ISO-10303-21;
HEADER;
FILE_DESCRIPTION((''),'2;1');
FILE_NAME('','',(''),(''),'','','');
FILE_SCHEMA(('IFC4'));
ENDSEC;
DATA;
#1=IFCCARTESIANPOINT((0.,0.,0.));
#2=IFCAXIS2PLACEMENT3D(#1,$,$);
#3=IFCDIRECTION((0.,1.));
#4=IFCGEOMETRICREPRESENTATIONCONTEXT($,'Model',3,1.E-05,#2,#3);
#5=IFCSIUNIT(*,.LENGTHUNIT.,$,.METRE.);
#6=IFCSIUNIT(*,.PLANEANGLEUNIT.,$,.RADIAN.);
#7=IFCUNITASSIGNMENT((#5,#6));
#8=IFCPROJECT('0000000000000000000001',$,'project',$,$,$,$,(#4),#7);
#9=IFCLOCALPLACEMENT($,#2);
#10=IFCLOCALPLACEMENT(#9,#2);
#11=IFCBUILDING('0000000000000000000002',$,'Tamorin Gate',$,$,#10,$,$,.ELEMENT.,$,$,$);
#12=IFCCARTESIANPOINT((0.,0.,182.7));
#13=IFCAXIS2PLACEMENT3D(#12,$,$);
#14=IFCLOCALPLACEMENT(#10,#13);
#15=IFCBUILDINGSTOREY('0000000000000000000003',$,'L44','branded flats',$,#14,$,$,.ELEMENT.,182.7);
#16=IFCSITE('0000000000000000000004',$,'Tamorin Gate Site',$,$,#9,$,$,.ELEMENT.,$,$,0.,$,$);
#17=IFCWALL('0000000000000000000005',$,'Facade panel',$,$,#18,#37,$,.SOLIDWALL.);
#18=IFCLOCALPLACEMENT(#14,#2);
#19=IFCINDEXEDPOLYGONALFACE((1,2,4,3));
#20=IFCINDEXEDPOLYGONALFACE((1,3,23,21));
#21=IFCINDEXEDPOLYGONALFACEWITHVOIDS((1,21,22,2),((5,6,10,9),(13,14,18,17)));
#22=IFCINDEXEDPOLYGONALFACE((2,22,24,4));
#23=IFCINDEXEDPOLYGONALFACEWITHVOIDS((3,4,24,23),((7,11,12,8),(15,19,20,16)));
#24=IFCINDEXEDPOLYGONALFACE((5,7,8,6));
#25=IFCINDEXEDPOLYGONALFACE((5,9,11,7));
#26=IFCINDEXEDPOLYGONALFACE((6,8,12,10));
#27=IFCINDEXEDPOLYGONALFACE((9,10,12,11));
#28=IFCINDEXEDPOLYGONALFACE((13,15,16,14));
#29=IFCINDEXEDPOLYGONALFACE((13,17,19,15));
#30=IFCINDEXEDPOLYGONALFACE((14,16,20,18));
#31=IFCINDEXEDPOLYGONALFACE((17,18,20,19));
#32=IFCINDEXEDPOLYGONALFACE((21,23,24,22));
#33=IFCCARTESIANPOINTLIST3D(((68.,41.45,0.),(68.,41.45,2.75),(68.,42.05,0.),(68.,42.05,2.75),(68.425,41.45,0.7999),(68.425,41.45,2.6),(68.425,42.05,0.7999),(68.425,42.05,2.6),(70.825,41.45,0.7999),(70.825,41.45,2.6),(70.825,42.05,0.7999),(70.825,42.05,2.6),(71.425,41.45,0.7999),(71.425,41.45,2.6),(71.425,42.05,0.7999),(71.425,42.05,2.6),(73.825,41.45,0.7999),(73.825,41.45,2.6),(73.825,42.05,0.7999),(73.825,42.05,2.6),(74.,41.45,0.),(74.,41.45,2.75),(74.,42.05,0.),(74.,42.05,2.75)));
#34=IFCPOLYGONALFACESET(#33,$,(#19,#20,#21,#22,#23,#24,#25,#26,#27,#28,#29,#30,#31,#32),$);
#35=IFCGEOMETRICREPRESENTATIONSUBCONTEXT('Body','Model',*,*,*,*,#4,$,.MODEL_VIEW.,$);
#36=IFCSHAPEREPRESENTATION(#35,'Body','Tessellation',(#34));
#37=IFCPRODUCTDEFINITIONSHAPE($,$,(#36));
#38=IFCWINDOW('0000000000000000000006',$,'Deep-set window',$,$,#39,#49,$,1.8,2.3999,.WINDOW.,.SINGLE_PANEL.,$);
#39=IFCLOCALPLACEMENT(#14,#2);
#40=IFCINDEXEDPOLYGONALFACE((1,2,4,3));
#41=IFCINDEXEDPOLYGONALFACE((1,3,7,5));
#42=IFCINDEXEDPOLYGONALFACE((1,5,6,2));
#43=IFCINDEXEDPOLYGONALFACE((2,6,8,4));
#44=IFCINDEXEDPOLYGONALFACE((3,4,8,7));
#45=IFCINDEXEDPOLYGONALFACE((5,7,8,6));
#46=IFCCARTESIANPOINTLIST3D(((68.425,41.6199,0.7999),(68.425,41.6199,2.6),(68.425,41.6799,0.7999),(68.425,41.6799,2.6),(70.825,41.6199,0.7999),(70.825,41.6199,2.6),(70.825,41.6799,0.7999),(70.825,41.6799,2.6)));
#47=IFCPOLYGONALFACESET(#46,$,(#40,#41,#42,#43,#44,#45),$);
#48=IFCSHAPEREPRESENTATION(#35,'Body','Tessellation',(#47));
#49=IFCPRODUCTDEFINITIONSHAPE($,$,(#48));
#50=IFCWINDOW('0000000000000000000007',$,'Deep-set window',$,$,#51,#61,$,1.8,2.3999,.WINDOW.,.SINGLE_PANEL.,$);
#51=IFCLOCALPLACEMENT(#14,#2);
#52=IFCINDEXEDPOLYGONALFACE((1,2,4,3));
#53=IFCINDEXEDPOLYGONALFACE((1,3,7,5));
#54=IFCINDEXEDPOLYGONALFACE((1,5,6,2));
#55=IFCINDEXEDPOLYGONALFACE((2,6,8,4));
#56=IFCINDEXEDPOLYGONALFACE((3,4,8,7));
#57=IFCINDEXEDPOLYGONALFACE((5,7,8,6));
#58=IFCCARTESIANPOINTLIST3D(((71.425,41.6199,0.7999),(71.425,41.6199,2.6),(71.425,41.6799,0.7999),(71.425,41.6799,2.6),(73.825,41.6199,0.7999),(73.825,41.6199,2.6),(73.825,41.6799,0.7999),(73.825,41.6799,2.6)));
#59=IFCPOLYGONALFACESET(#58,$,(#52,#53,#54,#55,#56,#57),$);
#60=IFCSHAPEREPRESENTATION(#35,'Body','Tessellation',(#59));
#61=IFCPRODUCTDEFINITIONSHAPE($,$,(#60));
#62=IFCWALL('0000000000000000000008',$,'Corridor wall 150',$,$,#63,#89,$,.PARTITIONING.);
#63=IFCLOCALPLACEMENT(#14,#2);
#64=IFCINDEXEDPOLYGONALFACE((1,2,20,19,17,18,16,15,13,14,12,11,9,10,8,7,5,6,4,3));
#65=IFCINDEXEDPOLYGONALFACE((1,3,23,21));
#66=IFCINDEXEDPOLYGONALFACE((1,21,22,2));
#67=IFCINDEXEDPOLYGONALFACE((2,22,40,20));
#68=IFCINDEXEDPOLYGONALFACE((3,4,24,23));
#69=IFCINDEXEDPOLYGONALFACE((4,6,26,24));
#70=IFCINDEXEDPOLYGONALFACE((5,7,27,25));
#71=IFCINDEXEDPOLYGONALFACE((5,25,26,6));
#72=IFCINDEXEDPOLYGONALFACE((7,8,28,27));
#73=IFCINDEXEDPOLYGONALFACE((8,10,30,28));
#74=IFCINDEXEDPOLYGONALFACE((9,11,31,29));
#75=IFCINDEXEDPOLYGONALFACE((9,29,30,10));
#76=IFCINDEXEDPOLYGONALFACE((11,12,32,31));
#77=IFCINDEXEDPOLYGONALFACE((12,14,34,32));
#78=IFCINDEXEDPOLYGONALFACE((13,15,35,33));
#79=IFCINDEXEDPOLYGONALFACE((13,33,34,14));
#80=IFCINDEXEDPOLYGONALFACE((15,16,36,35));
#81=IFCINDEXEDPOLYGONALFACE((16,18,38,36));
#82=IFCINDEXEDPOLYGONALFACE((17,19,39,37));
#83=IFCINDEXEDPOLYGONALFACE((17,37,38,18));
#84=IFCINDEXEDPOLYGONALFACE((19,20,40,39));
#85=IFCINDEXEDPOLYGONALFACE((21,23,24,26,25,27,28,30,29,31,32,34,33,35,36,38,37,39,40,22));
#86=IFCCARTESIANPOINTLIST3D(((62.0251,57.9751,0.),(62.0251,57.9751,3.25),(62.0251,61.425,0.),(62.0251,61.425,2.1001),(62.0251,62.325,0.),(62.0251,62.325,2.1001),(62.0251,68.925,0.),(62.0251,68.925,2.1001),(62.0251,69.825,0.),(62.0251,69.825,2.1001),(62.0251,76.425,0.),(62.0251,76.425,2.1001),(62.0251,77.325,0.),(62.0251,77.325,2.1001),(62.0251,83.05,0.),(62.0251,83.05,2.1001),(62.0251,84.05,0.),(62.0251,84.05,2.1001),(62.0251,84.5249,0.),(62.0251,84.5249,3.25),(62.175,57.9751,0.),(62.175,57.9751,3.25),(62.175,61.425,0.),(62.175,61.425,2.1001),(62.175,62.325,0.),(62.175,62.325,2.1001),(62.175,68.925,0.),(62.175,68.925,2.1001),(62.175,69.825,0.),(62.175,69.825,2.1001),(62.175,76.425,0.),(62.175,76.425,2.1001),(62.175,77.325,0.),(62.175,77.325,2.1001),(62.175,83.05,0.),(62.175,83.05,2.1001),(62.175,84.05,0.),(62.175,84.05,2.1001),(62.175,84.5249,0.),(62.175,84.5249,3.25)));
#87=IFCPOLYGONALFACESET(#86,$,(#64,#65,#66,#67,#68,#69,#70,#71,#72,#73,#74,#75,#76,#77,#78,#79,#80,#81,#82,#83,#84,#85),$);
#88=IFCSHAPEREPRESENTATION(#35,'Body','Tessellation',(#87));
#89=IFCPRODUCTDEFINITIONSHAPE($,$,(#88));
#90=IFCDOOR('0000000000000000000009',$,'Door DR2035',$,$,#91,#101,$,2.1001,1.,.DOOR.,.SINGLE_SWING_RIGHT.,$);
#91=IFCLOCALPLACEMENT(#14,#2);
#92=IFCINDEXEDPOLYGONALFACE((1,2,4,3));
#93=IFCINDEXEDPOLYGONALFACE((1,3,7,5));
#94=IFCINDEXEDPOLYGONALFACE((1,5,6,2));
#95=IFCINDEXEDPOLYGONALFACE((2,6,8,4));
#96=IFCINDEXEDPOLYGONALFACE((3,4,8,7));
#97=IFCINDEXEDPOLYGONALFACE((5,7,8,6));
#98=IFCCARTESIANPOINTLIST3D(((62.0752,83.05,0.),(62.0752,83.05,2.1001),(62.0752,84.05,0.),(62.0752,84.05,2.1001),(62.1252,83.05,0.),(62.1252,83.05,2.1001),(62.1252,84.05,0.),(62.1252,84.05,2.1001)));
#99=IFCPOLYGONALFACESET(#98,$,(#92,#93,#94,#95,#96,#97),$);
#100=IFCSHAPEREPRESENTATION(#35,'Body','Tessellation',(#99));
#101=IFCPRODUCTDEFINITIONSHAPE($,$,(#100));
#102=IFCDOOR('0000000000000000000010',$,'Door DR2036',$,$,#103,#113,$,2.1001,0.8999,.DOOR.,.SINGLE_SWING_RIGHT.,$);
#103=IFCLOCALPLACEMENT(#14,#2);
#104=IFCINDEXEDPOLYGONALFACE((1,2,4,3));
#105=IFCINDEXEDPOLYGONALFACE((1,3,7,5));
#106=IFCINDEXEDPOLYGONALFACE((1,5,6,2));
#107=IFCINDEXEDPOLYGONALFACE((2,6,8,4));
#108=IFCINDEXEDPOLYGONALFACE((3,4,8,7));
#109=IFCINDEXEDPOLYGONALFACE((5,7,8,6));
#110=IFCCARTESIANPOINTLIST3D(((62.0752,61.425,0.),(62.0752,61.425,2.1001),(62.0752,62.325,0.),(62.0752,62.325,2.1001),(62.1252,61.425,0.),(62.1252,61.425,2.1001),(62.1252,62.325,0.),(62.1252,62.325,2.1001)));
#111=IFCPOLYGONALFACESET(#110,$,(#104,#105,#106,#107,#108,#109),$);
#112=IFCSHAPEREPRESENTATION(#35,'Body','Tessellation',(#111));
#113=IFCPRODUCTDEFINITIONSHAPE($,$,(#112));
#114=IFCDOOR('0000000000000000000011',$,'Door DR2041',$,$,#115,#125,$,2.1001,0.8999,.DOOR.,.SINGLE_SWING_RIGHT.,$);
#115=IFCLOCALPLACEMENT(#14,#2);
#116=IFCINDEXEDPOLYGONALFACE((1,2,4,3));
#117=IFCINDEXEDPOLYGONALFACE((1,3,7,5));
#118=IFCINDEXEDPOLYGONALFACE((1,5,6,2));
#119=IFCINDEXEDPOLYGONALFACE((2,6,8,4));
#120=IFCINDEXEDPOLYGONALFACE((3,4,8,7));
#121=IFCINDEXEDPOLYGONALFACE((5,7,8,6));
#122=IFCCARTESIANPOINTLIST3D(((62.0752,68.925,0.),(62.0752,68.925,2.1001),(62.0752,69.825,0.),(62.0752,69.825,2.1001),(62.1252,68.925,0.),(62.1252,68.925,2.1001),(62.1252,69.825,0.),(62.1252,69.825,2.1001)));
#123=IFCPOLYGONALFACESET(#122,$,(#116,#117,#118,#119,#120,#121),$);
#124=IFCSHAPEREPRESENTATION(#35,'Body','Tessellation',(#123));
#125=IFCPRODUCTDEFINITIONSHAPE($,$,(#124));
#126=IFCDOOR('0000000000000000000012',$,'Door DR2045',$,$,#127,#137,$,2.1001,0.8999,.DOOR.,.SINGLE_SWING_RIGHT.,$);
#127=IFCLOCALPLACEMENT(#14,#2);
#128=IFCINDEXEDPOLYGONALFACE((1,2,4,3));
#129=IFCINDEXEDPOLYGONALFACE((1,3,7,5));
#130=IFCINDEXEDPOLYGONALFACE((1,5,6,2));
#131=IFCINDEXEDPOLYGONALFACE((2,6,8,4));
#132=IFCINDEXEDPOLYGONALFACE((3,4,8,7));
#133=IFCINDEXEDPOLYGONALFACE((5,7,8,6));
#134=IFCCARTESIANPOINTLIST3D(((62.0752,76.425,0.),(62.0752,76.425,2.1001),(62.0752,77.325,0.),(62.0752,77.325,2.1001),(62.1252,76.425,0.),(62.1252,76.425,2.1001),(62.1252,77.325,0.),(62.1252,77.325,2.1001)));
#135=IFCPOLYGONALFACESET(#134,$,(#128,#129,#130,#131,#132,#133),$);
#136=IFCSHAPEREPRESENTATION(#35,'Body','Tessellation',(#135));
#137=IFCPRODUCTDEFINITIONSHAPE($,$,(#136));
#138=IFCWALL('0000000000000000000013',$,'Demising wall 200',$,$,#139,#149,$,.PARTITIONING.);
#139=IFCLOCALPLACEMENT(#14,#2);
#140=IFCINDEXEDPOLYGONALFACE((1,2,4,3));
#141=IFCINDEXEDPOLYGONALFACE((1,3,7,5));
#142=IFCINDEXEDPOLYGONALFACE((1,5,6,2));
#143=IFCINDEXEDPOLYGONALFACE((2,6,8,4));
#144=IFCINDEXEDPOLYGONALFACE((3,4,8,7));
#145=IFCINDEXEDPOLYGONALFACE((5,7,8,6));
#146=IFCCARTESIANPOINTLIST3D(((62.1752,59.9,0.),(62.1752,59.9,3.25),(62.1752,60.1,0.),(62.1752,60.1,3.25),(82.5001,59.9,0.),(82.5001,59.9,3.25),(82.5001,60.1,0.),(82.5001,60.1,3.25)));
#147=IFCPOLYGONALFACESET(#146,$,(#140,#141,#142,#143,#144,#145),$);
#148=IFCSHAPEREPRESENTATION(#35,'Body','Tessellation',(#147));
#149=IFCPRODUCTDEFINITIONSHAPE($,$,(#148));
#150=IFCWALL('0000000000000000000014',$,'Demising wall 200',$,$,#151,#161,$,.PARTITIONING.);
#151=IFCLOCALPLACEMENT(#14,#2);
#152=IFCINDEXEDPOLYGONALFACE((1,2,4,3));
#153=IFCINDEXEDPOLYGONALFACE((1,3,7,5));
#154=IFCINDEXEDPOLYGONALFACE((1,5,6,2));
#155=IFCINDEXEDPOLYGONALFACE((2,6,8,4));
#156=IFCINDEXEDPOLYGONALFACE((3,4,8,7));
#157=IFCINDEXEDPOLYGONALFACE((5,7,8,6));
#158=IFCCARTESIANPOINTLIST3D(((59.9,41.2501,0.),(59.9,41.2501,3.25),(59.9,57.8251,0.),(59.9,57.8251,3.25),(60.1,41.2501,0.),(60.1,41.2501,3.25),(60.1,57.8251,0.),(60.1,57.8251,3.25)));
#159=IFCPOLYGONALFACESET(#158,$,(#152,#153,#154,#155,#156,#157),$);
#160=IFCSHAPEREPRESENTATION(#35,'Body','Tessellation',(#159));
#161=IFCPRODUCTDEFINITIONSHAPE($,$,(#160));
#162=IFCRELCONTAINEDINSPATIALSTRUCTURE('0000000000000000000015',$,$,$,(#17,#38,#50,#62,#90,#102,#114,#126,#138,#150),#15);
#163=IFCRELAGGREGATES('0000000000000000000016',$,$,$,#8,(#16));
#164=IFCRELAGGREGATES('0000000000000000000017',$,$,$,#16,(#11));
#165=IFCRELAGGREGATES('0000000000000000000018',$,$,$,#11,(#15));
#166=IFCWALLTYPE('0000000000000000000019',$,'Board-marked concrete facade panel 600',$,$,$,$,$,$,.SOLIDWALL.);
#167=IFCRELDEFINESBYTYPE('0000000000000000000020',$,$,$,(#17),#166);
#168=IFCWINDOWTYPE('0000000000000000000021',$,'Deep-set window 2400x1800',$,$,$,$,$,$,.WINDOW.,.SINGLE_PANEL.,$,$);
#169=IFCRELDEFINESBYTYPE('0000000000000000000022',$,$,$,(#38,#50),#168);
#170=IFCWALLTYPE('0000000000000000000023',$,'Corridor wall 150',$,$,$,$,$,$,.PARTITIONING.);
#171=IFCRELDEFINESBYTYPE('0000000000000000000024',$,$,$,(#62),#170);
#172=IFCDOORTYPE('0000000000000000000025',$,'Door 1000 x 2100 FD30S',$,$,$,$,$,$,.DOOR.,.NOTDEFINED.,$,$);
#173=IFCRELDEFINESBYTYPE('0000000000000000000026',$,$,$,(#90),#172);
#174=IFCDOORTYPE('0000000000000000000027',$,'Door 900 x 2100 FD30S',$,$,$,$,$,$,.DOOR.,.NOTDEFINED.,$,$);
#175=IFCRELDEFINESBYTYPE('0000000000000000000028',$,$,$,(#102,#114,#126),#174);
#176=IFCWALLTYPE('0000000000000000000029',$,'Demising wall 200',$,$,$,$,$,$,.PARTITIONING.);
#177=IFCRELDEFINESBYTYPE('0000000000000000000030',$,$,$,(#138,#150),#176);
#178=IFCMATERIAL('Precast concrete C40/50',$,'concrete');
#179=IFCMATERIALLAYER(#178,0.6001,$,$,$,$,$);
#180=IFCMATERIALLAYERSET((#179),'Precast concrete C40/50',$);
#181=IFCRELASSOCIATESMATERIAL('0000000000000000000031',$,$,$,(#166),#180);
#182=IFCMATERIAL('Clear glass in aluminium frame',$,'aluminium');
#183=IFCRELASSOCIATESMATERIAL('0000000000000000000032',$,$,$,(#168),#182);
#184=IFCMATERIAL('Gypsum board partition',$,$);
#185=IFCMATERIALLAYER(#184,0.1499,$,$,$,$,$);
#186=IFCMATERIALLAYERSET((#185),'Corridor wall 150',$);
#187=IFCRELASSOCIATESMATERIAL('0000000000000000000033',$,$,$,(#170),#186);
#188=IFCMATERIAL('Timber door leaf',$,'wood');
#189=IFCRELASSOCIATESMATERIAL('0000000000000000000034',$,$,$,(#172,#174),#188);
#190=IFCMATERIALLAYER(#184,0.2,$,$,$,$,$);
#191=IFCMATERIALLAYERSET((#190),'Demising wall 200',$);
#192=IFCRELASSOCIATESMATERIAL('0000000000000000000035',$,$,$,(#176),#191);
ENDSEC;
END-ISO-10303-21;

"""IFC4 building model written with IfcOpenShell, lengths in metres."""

from ifc_helpers import new_model, si_unit, direction, frame, frame_2d, origin, place, context, subcontext, project, spatial, rectangle, extrude, material, layer, layer_set, type_object, element, fill, save


model = new_model("IFC4")

# Units and contexts
model_context = context("Model", 3, precision=1e-05, world=origin(), true_north=direction((0.0, 1.0)))
body_context = subcontext(model_context, "Body", "Model", "MODEL_VIEW")
ifc_project = project(units=[si_unit("LENGTHUNIT", "METRE"), si_unit("PLANEANGLEUNIT", "RADIAN")], contexts=[model_context])

# Site, building, storey
site_placement = place(None, origin())
site = spatial("IfcSite", under=ifc_project, at=site_placement, Name="Tamorin Gate Site", CompositionType="ELEMENT", RefElevation=0.0)
building_placement = place(site_placement, origin())
building = spatial("IfcBuilding", under=site, at=building_placement, Name="Tamorin Gate", CompositionType="ELEMENT")
storey_placement = place(building_placement, frame((0.0, 0.0, 182.7)))
storey = spatial("IfcBuildingStorey", under=building, at=storey_placement, Name="L44", Description="branded flats", CompositionType="ELEMENT", Elevation=182.7)

# Wall, openings, windows
ifc_material_1 = material(Name="Precast concrete C40/50", Category="concrete")
ifc_layer_1 = layer(ifc_material_1, 0.6001)
ifc_layer_set_1 = layer_set([ifc_layer_1], Name="Precast concrete C40/50")
wall_type_1 = type_object("IfcWallType", Name="Board-marked concrete facade panel 600", PredefinedType="SOLIDWALL", material=ifc_layer_set_1)
ifc_material_2 = material(Name="Clear glass in aluminium frame", Category="aluminium")
window_type = type_object("IfcWindowType", Name="Deep-set window 2400x1800", PartitioningType="SINGLE_PANEL", PredefinedType="WINDOW", material=ifc_material_2)
wall_1_placement = place(storey_placement, frame((68.0, 41.75, 0.0), z_axis=(0.0, 0.0, 1.0), x_axis=(1.0, 0.0, 0.0)))
wall_1 = element("IfcWall", 1, at=wall_1_placement, inside=storey, type_object=wall_type_1, Name="Facade panel", PredefinedType="SOLIDWALL", context=body_context, shape_type="SweptSolid", body=[
    extrude(rectangle(XDim=6.0, YDim=0.6001, at=frame_2d((3.0, 0.0))), origin(), (0.0, 0.0, 1.0), 2.75),
])
opening_1_placement = place(wall_1_placement, frame((0.425, 0.0, 0.8)))
opening_1 = element("IfcOpeningElement", 2, at=opening_1_placement, cuts=wall_1, PredefinedType="OPENING", context=body_context, shape_type="SweptSolid", body=[
    extrude(rectangle(XDim=2.3999, YDim=1.8, at=frame_2d((1.2, 0.8999))), frame((0.0, 0.3101, 0.0), z_axis=(0.0, -1.0, 0.0), x_axis=(1.0, 0.0, 0.0)), (0.0, 0.0, 1.0), 0.6201),
])
opening_2_placement = place(wall_1_placement, frame((3.425, 0.0, 0.8)))
opening_2 = element("IfcOpeningElement", 3, at=opening_2_placement, cuts=wall_1, PredefinedType="OPENING", context=body_context, shape_type="SweptSolid", body=[
    extrude(rectangle(XDim=2.3999, YDim=1.8, at=frame_2d((1.2, 0.8999))), frame((0.0, 0.3101, 0.0), z_axis=(0.0, -1.0, 0.0), x_axis=(1.0, 0.0, 0.0)), (0.0, 0.0, 1.0), 0.6201),
])
window_1_placement = place(opening_1_placement, origin())
window_1 = element("IfcWindow", 4, at=window_1_placement, inside=storey, type_object=window_type, Name="Deep-set window", OverallHeight=1.8, OverallWidth=2.3999, PartitioningType="SINGLE_PANEL", PredefinedType="WINDOW", context=body_context, shape_type="SweptSolid", body=[
    extrude(rectangle(XDim=2.3999, YDim=1.8, at=frame_2d((1.2, 0.8999))), frame((0.0, -0.0701, 0.0), z_axis=(0.0, -1.0, 0.0), x_axis=(1.0, 0.0, 0.0)), (0.0, 0.0, 1.0), 0.0601),
])
fill(opening_1, window_1)
window_2_placement = place(opening_2_placement, origin())
window_2 = element("IfcWindow", 5, at=window_2_placement, inside=storey, type_object=window_type, Name="Deep-set window", OverallHeight=1.8, OverallWidth=2.3999, PartitioningType="SINGLE_PANEL", PredefinedType="WINDOW", context=body_context, shape_type="SweptSolid", body=[
    extrude(rectangle(XDim=2.3999, YDim=1.8, at=frame_2d((1.2, 0.8999))), frame((0.0, -0.0701, 0.0), z_axis=(0.0, -1.0, 0.0), x_axis=(1.0, 0.0, 0.0)), (0.0, 0.0, 1.0), 0.0601),
])
fill(opening_2, window_2)

# Wall, openings, doors
ifc_material_3 = material(Name="Gypsum board partition")
ifc_layer_2 = layer(ifc_material_3, 0.1499)
ifc_layer_set_2 = layer_set([ifc_layer_2], Name="Corridor wall 150")
wall_type_2 = type_object("IfcWallType", Name="Corridor wall 150", PredefinedType="PARTITIONING", material=ifc_layer_set_2)
wall_2_placement = place(storey_placement, frame((62.1001, 57.9751, 0.0), z_axis=(0.0, 0.0, 1.0), x_axis=(0.0, 1.0, 0.0)))
wall_2 = element("IfcWall", 6, at=wall_2_placement, inside=storey, type_object=wall_type_2, Name="Corridor wall 150", PredefinedType="PARTITIONING", context=body_context, shape_type="SweptSolid", body=[
    extrude(rectangle(XDim=26.5498, YDim=0.1499, at=frame_2d((13.2749, 0.0))), origin(), (0.0, 0.0, 1.0), 3.25),
])
opening_3_placement = place(wall_2_placement, frame((25.075, 0.0, 0.0)))
opening_3 = element("IfcOpeningElement", 7, at=opening_3_placement, cuts=wall_2, PredefinedType="OPENING", context=body_context, shape_type="SweptSolid", body=[
    extrude(rectangle(XDim=1.0, YDim=2.1001, at=frame_2d((0.5, 1.05))), frame((0.0, 0.085, 0.0), z_axis=(0.0, -1.0, 0.0), x_axis=(1.0, 0.0, 0.0)), (0.0, 0.0, 1.0), 0.1699),
])
opening_4_placement = place(wall_2_placement, frame((3.45, 0.0, 0.0)))
opening_4 = element("IfcOpeningElement", 8, at=opening_4_placement, cuts=wall_2, PredefinedType="OPENING", context=body_context, shape_type="SweptSolid", body=[
    extrude(rectangle(XDim=0.8999, YDim=2.1001, at=frame_2d((0.45, 1.05))), frame((0.0, 0.085, 0.0), z_axis=(0.0, -1.0, 0.0), x_axis=(1.0, 0.0, 0.0)), (0.0, 0.0, 1.0), 0.1699),
])
opening_5_placement = place(wall_2_placement, frame((10.95, 0.0, 0.0)))
opening_5 = element("IfcOpeningElement", 9, at=opening_5_placement, cuts=wall_2, PredefinedType="OPENING", context=body_context, shape_type="SweptSolid", body=[
    extrude(rectangle(XDim=0.8999, YDim=2.1001, at=frame_2d((0.45, 1.05))), frame((0.0, 0.085, 0.0), z_axis=(0.0, -1.0, 0.0), x_axis=(1.0, 0.0, 0.0)), (0.0, 0.0, 1.0), 0.1699),
])
opening_6_placement = place(wall_2_placement, frame((18.45, 0.0, 0.0)))
opening_6 = element("IfcOpeningElement", 10, at=opening_6_placement, cuts=wall_2, PredefinedType="OPENING", context=body_context, shape_type="SweptSolid", body=[
    extrude(rectangle(XDim=0.8999, YDim=2.1001, at=frame_2d((0.45, 1.05))), frame((0.0, 0.085, 0.0), z_axis=(0.0, -1.0, 0.0), x_axis=(1.0, 0.0, 0.0)), (0.0, 0.0, 1.0), 0.1699),
])
ifc_material_4 = material(Name="Timber door leaf", Category="wood")
door_type_1 = type_object("IfcDoorType", Name="Door 1000 x 2100 FD30S", OperationType="NOTDEFINED", PredefinedType="DOOR", material=ifc_material_4)
door_1_placement = place(opening_3_placement, origin())
door_1 = element("IfcDoor", 11, at=door_1_placement, inside=storey, type_object=door_type_1, Name="Door DR2035", OperationType="SINGLE_SWING_RIGHT", OverallHeight=2.1001, OverallWidth=1.0, PredefinedType="DOOR", context=body_context, shape_type="SweptSolid", body=[
    extrude(rectangle(XDim=1.0, YDim=2.1001, at=frame_2d((0.5, 1.05))), frame((0.0, 0.0249, 0.0), z_axis=(0.0, -1.0, 0.0), x_axis=(1.0, 0.0, 0.0)), (0.0, 0.0, 1.0), 0.05),
])
fill(opening_3, door_1)
door_type_2 = type_object("IfcDoorType", Name="Door 900 x 2100 FD30S", OperationType="NOTDEFINED", PredefinedType="DOOR", material=ifc_material_4)
door_2_placement = place(opening_4_placement, origin())
door_2 = element("IfcDoor", 12, at=door_2_placement, inside=storey, type_object=door_type_2, Name="Door DR2036", OperationType="SINGLE_SWING_RIGHT", OverallHeight=2.1001, OverallWidth=0.8999, PredefinedType="DOOR", context=body_context, shape_type="SweptSolid", body=[
    extrude(rectangle(XDim=0.8999, YDim=2.1001, at=frame_2d((0.45, 1.05))), frame((0.0, 0.0249, 0.0), z_axis=(0.0, -1.0, 0.0), x_axis=(1.0, 0.0, 0.0)), (0.0, 0.0, 1.0), 0.05),
])
fill(opening_4, door_2)
door_3_placement = place(opening_5_placement, origin())
door_3 = element("IfcDoor", 13, at=door_3_placement, inside=storey, type_object=door_type_2, Name="Door DR2041", OperationType="SINGLE_SWING_RIGHT", OverallHeight=2.1001, OverallWidth=0.8999, PredefinedType="DOOR", context=body_context, shape_type="SweptSolid", body=[
    extrude(rectangle(XDim=0.8999, YDim=2.1001, at=frame_2d((0.45, 1.05))), frame((0.0, 0.0249, 0.0), z_axis=(0.0, -1.0, 0.0), x_axis=(1.0, 0.0, 0.0)), (0.0, 0.0, 1.0), 0.05),
])
fill(opening_5, door_3)
door_4_placement = place(opening_6_placement, origin())
door_4 = element("IfcDoor", 14, at=door_4_placement, inside=storey, type_object=door_type_2, Name="Door DR2045", OperationType="SINGLE_SWING_RIGHT", OverallHeight=2.1001, OverallWidth=0.8999, PredefinedType="DOOR", context=body_context, shape_type="SweptSolid", body=[
    extrude(rectangle(XDim=0.8999, YDim=2.1001, at=frame_2d((0.45, 1.05))), frame((0.0, 0.0249, 0.0), z_axis=(0.0, -1.0, 0.0), x_axis=(1.0, 0.0, 0.0)), (0.0, 0.0, 1.0), 0.05),
])
fill(opening_6, door_4)

# Walls
ifc_layer_3 = layer(ifc_material_3, 0.2)
ifc_layer_set_3 = layer_set([ifc_layer_3], Name="Demising wall 200")
wall_type_3 = type_object("IfcWallType", Name="Demising wall 200", PredefinedType="PARTITIONING", material=ifc_layer_set_3)
wall_3_placement = place(storey_placement, frame((62.175, 60.0, 0.0), z_axis=(0.0, 0.0, 1.0), x_axis=(1.0, 0.0, 0.0)))
element("IfcWall", 15, at=wall_3_placement, inside=storey, type_object=wall_type_3, Name="Demising wall 200", PredefinedType="PARTITIONING", context=body_context, shape_type="SweptSolid", body=[
    extrude(rectangle(XDim=20.325, YDim=0.2, at=frame_2d((10.1626, 0.0))), origin(), (0.0, 0.0, 1.0), 3.25),
])
wall_4_placement = place(storey_placement, frame((60.0, 41.25, 0.0), z_axis=(0.0, 0.0, 1.0), x_axis=(0.0, 1.0, 0.0)))
element("IfcWall", 16, at=wall_4_placement, inside=storey, type_object=wall_type_3, Name="Demising wall 200", PredefinedType="PARTITIONING", context=body_context, shape_type="SweptSolid", body=[
    extrude(rectangle(XDim=16.575, YDim=0.2, at=frame_2d((8.2876, 0.0))), origin(), (0.0, 0.0, 1.0), 3.25),
])

save(model, "model.ifc")
